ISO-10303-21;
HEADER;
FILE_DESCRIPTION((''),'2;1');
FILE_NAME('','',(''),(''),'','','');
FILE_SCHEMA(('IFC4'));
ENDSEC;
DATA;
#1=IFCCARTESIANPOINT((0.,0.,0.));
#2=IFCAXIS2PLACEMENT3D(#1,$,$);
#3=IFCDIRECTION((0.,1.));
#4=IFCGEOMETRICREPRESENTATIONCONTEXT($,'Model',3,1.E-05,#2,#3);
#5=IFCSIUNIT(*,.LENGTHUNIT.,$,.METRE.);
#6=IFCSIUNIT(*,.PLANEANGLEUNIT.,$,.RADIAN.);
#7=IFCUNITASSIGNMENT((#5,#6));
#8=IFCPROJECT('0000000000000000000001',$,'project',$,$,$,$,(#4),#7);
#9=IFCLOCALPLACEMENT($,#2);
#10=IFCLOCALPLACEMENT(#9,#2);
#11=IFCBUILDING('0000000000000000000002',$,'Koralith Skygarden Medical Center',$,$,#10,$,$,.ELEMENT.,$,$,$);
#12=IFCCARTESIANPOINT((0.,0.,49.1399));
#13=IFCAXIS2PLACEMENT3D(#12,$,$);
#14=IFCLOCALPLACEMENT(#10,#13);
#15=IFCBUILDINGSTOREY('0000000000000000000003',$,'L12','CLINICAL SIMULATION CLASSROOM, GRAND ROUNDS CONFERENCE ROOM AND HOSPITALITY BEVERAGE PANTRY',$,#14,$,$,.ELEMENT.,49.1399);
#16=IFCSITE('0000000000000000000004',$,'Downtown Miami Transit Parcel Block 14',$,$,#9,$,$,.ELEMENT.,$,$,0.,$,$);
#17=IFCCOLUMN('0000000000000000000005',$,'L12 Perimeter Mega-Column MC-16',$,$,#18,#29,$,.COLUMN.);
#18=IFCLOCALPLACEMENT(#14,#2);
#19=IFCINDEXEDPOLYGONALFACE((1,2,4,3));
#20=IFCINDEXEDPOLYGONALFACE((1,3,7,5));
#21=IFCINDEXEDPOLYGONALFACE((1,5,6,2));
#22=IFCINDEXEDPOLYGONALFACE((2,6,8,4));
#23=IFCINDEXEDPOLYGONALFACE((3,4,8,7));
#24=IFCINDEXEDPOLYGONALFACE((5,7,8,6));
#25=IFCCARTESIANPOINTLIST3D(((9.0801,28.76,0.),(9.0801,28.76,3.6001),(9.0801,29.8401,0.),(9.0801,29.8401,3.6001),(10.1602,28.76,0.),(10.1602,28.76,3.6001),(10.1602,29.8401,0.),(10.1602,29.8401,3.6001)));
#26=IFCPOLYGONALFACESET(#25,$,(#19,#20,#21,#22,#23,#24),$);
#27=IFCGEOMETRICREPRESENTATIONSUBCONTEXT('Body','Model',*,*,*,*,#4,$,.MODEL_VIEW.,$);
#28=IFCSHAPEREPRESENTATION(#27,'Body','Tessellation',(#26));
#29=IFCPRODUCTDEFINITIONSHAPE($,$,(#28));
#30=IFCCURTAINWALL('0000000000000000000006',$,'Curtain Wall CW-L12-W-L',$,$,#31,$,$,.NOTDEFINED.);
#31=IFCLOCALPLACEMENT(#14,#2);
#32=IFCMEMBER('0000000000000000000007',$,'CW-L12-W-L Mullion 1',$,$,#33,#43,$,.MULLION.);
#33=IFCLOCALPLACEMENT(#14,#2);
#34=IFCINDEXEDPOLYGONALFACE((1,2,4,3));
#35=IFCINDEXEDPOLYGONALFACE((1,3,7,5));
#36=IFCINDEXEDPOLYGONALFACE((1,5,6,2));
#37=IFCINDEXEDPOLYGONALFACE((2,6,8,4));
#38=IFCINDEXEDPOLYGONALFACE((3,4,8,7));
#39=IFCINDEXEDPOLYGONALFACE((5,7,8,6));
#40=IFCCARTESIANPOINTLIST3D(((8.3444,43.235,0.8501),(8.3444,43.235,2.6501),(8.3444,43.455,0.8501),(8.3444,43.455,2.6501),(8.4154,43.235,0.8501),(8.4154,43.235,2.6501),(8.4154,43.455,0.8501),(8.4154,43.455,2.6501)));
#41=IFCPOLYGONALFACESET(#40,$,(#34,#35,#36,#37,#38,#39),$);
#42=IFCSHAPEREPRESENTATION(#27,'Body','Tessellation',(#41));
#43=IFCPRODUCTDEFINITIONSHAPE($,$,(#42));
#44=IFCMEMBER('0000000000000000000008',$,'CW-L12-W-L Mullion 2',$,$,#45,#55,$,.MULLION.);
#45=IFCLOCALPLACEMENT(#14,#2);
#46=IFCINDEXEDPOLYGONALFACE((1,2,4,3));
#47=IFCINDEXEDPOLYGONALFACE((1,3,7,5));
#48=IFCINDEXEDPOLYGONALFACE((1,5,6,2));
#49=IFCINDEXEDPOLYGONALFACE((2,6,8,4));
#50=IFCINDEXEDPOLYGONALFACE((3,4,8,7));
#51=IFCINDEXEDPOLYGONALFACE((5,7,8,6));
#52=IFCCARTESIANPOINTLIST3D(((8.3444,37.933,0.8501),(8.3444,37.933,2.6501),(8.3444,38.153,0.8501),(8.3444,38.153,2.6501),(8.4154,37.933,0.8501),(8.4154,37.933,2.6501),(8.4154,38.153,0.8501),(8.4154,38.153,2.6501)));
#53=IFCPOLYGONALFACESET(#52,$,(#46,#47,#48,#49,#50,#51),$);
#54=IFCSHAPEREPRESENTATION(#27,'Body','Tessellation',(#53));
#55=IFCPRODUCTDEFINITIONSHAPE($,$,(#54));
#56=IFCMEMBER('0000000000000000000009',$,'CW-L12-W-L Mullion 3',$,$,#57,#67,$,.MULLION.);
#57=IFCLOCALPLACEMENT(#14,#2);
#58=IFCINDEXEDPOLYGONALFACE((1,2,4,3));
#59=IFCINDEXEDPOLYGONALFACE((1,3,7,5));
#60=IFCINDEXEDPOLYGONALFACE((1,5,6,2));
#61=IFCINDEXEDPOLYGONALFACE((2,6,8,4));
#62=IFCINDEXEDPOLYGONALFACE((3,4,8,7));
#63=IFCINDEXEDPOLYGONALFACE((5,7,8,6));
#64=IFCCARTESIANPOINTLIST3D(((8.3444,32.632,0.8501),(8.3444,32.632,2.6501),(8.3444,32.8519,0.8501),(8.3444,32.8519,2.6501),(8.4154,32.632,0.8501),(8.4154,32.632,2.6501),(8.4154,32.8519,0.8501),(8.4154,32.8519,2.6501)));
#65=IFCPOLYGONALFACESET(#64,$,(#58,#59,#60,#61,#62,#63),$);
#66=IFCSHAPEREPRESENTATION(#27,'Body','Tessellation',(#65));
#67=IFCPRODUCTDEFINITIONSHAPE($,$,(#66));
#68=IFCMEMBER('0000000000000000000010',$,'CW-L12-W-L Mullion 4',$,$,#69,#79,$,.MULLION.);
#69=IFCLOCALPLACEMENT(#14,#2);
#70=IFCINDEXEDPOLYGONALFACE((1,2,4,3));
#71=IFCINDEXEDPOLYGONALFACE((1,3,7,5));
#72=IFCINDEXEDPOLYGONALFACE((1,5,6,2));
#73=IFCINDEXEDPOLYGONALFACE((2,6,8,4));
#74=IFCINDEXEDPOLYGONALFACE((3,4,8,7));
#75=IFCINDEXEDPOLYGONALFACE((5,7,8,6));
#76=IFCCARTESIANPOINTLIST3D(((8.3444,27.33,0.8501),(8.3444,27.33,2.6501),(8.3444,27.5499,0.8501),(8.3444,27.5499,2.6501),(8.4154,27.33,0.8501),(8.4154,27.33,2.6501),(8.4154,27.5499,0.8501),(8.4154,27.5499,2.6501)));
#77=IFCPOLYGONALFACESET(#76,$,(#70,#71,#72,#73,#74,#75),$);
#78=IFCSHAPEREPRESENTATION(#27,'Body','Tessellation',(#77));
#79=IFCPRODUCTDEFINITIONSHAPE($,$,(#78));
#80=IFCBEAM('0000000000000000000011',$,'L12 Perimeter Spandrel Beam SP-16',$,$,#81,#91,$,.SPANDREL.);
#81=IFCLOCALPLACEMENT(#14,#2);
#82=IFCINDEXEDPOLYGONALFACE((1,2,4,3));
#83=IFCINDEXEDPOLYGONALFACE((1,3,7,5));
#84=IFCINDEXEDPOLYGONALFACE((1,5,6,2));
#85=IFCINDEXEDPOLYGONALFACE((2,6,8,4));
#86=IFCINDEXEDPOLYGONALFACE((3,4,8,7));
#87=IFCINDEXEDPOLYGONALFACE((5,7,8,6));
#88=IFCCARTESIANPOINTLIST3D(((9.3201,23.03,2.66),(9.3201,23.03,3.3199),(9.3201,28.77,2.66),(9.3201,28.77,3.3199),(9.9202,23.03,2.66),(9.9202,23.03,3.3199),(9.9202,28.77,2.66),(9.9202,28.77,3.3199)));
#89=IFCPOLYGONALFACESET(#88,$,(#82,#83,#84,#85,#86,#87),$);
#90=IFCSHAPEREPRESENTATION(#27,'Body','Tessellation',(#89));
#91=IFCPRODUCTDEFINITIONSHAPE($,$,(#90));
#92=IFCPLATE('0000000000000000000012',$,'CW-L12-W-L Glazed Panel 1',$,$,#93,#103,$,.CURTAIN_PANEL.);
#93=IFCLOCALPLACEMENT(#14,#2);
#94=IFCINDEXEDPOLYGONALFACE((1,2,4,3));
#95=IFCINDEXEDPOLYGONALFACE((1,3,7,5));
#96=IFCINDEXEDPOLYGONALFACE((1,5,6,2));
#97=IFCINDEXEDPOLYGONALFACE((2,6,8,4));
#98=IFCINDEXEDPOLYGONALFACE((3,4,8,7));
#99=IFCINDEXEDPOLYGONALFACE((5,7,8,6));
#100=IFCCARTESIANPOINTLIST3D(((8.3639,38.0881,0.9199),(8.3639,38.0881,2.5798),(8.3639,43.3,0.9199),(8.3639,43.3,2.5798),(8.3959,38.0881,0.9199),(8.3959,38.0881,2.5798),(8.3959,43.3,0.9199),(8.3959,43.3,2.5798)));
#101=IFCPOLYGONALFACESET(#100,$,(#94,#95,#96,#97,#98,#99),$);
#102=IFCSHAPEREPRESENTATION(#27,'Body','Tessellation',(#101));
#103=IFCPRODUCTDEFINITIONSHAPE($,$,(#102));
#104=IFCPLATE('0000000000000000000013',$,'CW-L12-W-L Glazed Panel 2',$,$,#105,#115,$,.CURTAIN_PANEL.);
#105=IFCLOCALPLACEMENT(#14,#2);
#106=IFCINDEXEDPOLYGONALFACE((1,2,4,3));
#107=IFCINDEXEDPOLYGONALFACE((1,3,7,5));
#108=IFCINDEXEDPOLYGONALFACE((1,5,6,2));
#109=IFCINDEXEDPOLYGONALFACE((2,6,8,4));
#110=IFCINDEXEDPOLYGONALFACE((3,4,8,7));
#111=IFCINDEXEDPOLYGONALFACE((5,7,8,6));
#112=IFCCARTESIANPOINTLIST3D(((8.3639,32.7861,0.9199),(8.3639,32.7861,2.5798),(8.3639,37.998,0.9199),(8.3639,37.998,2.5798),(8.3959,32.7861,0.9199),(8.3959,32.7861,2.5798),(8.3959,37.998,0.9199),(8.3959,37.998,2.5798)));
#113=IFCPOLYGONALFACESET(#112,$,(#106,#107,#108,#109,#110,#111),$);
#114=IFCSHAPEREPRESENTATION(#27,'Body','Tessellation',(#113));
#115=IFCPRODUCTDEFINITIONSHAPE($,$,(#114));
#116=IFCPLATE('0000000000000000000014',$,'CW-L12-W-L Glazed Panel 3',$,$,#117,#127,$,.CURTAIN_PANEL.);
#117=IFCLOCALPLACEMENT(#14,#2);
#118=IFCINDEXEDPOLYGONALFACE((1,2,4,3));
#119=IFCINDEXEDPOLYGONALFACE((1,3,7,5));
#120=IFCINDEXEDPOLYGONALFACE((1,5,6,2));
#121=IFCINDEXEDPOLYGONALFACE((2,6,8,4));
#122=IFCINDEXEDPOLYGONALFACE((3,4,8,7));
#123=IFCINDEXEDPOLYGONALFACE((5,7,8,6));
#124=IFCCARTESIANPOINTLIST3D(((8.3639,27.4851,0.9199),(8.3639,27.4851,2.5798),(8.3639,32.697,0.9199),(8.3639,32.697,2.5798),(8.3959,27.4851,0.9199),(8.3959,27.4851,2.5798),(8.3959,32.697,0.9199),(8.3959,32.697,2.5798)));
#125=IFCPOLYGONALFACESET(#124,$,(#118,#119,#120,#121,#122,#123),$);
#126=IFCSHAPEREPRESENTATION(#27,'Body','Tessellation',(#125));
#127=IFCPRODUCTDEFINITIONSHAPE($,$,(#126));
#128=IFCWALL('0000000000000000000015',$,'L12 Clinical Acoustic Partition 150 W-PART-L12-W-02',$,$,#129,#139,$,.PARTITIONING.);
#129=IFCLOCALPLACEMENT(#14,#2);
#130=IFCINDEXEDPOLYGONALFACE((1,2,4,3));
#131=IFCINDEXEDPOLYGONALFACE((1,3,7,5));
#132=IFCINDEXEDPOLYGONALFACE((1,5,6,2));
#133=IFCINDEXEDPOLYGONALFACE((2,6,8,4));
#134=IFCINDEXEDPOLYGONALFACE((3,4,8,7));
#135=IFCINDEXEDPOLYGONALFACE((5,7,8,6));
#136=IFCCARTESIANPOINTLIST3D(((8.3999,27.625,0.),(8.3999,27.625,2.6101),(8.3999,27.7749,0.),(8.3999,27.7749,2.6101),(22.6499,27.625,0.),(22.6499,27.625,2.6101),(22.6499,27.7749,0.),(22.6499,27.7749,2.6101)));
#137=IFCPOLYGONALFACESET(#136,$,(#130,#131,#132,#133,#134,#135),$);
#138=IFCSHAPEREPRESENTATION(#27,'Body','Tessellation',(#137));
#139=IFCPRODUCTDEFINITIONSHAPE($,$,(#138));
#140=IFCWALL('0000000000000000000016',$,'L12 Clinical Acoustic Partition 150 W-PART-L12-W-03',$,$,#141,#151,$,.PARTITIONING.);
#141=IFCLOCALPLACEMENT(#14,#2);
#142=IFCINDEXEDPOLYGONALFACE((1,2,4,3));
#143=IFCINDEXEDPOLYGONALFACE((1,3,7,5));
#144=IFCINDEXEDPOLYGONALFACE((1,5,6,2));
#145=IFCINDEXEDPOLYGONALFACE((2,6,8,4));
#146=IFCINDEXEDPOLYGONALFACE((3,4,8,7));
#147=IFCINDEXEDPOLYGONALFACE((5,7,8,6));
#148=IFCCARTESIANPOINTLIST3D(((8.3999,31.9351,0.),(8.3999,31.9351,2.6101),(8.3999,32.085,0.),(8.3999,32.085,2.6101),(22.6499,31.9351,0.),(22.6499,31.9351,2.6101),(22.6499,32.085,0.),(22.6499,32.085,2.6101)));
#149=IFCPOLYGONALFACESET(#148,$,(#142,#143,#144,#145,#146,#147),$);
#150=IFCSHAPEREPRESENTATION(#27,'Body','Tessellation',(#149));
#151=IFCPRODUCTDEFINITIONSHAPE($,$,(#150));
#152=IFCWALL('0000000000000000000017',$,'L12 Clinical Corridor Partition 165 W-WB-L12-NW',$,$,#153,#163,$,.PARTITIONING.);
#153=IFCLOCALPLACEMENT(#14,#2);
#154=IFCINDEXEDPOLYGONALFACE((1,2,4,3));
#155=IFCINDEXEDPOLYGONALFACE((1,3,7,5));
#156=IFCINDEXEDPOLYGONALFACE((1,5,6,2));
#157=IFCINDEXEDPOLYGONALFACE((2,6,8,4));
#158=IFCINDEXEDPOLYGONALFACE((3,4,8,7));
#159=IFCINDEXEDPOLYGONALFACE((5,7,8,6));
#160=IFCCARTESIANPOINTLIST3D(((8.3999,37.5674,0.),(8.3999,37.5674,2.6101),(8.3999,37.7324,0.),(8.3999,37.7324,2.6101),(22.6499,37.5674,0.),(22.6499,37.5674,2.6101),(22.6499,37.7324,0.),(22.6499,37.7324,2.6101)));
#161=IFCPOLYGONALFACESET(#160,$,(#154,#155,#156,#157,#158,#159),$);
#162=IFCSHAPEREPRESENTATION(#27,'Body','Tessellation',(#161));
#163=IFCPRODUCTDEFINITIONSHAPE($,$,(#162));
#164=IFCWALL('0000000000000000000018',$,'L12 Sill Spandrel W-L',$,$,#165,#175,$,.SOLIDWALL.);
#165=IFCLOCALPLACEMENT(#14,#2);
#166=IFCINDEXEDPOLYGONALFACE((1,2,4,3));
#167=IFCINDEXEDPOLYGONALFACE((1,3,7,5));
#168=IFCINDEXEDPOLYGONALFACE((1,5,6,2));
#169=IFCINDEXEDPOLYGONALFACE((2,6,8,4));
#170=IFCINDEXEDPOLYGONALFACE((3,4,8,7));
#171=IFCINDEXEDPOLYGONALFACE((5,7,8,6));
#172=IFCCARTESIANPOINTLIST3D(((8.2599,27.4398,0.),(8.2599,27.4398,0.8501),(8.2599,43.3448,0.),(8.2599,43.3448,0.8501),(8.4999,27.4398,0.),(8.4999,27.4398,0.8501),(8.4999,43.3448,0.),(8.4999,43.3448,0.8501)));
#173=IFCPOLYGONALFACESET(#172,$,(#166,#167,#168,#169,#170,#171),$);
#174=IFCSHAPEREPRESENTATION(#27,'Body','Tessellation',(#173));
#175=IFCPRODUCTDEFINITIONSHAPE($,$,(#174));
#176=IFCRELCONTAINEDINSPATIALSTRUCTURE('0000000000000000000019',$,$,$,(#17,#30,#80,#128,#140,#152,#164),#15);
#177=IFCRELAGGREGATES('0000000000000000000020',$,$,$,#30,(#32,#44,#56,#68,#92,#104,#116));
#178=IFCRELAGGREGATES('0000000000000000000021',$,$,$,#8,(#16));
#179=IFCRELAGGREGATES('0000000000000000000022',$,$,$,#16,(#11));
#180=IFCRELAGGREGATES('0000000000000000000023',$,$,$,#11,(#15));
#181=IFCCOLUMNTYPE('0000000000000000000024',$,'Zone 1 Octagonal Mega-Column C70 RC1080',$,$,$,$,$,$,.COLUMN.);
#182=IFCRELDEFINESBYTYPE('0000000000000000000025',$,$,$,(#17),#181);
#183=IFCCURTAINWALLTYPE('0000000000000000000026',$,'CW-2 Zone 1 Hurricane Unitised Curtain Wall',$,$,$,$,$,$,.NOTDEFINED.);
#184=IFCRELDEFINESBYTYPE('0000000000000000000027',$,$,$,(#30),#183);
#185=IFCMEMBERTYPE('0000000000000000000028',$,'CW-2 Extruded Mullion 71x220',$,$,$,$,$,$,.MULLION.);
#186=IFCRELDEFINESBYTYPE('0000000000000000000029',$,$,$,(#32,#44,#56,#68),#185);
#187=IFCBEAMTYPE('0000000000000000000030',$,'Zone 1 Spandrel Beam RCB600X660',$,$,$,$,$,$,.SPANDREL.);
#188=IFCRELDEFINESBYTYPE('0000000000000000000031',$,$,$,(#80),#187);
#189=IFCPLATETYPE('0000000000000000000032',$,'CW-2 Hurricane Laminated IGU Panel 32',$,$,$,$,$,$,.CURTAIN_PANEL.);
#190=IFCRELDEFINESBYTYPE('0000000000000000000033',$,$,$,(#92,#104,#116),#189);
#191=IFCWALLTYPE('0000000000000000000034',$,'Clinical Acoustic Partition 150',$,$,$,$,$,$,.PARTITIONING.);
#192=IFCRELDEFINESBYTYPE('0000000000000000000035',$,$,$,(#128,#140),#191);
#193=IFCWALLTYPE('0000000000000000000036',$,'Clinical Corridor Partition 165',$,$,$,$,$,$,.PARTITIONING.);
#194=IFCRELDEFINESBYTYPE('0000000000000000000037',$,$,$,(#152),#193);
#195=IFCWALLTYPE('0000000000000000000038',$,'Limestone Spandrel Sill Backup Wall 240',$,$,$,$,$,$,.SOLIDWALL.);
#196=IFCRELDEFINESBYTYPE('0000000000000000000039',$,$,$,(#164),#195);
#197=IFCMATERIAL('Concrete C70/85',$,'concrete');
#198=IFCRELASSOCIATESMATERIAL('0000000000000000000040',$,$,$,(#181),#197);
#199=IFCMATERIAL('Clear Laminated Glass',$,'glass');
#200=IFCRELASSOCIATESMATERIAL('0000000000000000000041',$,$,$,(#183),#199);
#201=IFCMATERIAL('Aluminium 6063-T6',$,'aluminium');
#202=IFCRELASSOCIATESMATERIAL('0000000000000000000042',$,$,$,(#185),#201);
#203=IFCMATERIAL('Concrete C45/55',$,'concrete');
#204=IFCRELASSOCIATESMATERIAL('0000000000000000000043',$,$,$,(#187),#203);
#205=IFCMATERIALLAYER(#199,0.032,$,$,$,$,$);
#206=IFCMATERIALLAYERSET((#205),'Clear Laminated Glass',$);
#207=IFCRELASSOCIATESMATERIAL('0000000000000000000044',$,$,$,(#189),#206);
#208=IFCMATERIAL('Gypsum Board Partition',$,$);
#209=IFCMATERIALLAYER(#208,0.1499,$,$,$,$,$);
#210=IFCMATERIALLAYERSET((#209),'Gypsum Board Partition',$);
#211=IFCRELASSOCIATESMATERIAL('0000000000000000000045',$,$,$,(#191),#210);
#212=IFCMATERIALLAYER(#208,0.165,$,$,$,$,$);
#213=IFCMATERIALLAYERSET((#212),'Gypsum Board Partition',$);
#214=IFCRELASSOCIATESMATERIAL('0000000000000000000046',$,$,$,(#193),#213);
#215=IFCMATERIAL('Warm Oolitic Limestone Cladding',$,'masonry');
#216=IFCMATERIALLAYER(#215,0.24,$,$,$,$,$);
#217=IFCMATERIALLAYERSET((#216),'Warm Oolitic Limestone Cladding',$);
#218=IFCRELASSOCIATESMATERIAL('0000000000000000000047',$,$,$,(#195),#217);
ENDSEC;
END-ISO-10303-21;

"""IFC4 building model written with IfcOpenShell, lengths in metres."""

from ifc_helpers import new_model, si_unit, direction, frame, frame_2d, origin, origin_2d, place, context, subcontext, project, spatial, rectangle, extrude, material, layer, layer_set, material_profile, profile_set, type_object, element, aggregate, save


model = new_model("IFC4")

# Units and contexts
model_context = context("Model", 3, precision=1e-05, world=origin(), true_north=direction((0.0, 1.0)))
body_context = subcontext(model_context, "Body", "Model", "MODEL_VIEW")
ifc_project = project(units=[si_unit("LENGTHUNIT", "METRE"), si_unit("PLANEANGLEUNIT", "RADIAN")], contexts=[model_context])

# Site, building, storey
site_placement = place(None, origin())
site = spatial("IfcSite", under=ifc_project, at=site_placement, Name="Downtown Miami Transit Parcel Block 14", CompositionType="ELEMENT", RefElevation=0.0)
building_placement = place(site_placement, origin())
building = spatial("IfcBuilding", under=site, at=building_placement, Name="Koralith Skygarden Medical Center", CompositionType="ELEMENT")
storey_placement = place(building_placement, frame((0.0, 0.0, 49.1399)))
storey = spatial("IfcBuildingStorey", under=building, at=storey_placement, Name="L12", Description="CLINICAL SIMULATION CLASSROOM, GRAND ROUNDS CONFERENCE ROOM AND HOSPITALITY BEVERAGE PANTRY", CompositionType="ELEMENT", Elevation=49.1399)

# Column
ifc_material_1 = material(Name="Concrete C70/85", Category="concrete")
ifc_material_profile_1 = material_profile(ifc_material_1, rectangle(XDim=1.0801, YDim=1.0801, at=origin_2d()), Name="RC1080X1080")
ifc_profile_set_1 = profile_set([ifc_material_profile_1], Name="Concrete C70/85")
column_type = type_object("IfcColumnType", Name="Zone 1 Octagonal Mega-Column C70 RC1080", PredefinedType="COLUMN", material=ifc_profile_set_1)
column_placement = place(storey_placement, frame((9.6201, 29.3, 0.0), z_axis=(0.0, 0.0, 1.0), x_axis=(1.0, 0.0, 0.0)))
element("IfcColumn", 1, at=column_placement, inside=storey, type_object=column_type, Name="L12 Perimeter Mega-Column MC-16", PredefinedType="COLUMN", context=body_context, shape_type="SweptSolid", body=[
    extrude(rectangle(XDim=1.0801, YDim=1.0801, at=origin_2d()), origin(), (0.0, 0.0, 1.0), 3.6001),
])

# Curtain wall, members
ifc_material_2 = material(Name="Clear Laminated Glass", Category="glass")
curtain_wall_type = type_object("IfcCurtainWallType", Name="CW-2 Zone 1 Hurricane Unitised Curtain Wall", PredefinedType="NOTDEFINED", material=ifc_material_2)
curtain_wall_placement = place(storey_placement, origin())
curtain_wall = element("IfcCurtainWall", 2, at=curtain_wall_placement, inside=storey, type_object=curtain_wall_type, Name="Curtain Wall CW-L12-W-L", PredefinedType="NOTDEFINED")
ifc_material_3 = material(Name="Aluminium 6063-T6", Category="aluminium")
ifc_material_profile_2 = material_profile(ifc_material_3, rectangle(XDim=0.071, YDim=0.22, at=origin_2d()), Name="MUL71X220")
ifc_profile_set_2 = profile_set([ifc_material_profile_2], Name="Aluminium 6063-T6")
member_type = type_object("IfcMemberType", Name="CW-2 Extruded Mullion 71x220", PredefinedType="MULLION", material=ifc_profile_set_2)
member_1_placement = place(storey_placement, frame((8.3799, 43.345, 0.8501), z_axis=(0.0, 0.0, 1.0), x_axis=(1.0, 0.0, 0.0)))
member_1 = element("IfcMember", 3, at=member_1_placement, type_object=member_type, Name="CW-L12-W-L Mullion 1", PredefinedType="MULLION", context=body_context, shape_type="SweptSolid", body=[
    extrude(rectangle(XDim=0.071, YDim=0.22, at=origin_2d()), origin(), (0.0, 0.0, 1.0), 1.8),
])
member_2_placement = place(storey_placement, frame((8.3799, 38.043, 0.8501), z_axis=(0.0, 0.0, 1.0), x_axis=(1.0, 0.0, 0.0)))
member_2 = element("IfcMember", 4, at=member_2_placement, type_object=member_type, Name="CW-L12-W-L Mullion 2", PredefinedType="MULLION", context=body_context, shape_type="SweptSolid", body=[
    extrude(rectangle(XDim=0.071, YDim=0.22, at=origin_2d()), origin(), (0.0, 0.0, 1.0), 1.8),
])
member_3_placement = place(storey_placement, frame((8.3799, 32.7419, 0.8501), z_axis=(0.0, 0.0, 1.0), x_axis=(1.0, 0.0, 0.0)))
member_3 = element("IfcMember", 5, at=member_3_placement, type_object=member_type, Name="CW-L12-W-L Mullion 3", PredefinedType="MULLION", context=body_context, shape_type="SweptSolid", body=[
    extrude(rectangle(XDim=0.071, YDim=0.22, at=origin_2d()), origin(), (0.0, 0.0, 1.0), 1.8),
])
member_4_placement = place(storey_placement, frame((8.3799, 27.4399, 0.8501), z_axis=(0.0, 0.0, 1.0), x_axis=(1.0, 0.0, 0.0)))
member_4 = element("IfcMember", 6, at=member_4_placement, type_object=member_type, Name="CW-L12-W-L Mullion 4", PredefinedType="MULLION", context=body_context, shape_type="SweptSolid", body=[
    extrude(rectangle(XDim=0.071, YDim=0.22, at=origin_2d()), origin(), (0.0, 0.0, 1.0), 1.8),
])

# Beam
ifc_material_4 = material(Name="Concrete C45/55", Category="concrete")
ifc_material_profile_3 = material_profile(ifc_material_4, rectangle(XDim=0.6001, YDim=0.6599, at=origin_2d()), Name="RCB600X660")
ifc_profile_set_3 = profile_set([ifc_material_profile_3], Name="Concrete C45/55")
beam_type = type_object("IfcBeamType", Name="Zone 1 Spandrel Beam RCB600X660", PredefinedType="SPANDREL", material=ifc_profile_set_3)
beam_placement = place(storey_placement, frame((9.6201, 28.77, 2.99), z_axis=(0.0, -1.0, 0.0), x_axis=(1.0, 0.0, 0.0)))
element("IfcBeam", 7, at=beam_placement, inside=storey, type_object=beam_type, Name="L12 Perimeter Spandrel Beam SP-16", PredefinedType="SPANDREL", context=body_context, shape_type="SweptSolid", body=[
    extrude(rectangle(XDim=0.6001, YDim=0.6599, at=origin_2d()), origin(), (0.0, 0.0, 1.0), 5.74),
])

# Plates
ifc_layer_1 = layer(ifc_material_2, 0.032)
ifc_layer_set_1 = layer_set([ifc_layer_1], Name="Clear Laminated Glass")
plate_type = type_object("IfcPlateType", Name="CW-2 Hurricane Laminated IGU Panel 32", PredefinedType="CURTAIN_PANEL", material=ifc_layer_set_1)
plate_1_placement = place(storey_placement, frame((8.3799, 40.6941, 0.9199), z_axis=(0.0, 0.0, 1.0), x_axis=(0.0, -1.0, 0.0)))
plate_1 = element("IfcPlate", 8, at=plate_1_placement, type_object=plate_type, Name="CW-L12-W-L Glazed Panel 1", PredefinedType="CURTAIN_PANEL", context=body_context, shape_type="SweptSolid", body=[
    extrude(rectangle(XDim=5.2119, YDim=0.032, at=origin_2d()), origin(), (0.0, 0.0, 1.0), 1.6599),
])
plate_2_placement = place(storey_placement, frame((8.3799, 35.3921, 0.9199), z_axis=(0.0, 0.0, 1.0), x_axis=(0.0, -1.0, 0.0)))
plate_2 = element("IfcPlate", 9, at=plate_2_placement, type_object=plate_type, Name="CW-L12-W-L Glazed Panel 2", PredefinedType="CURTAIN_PANEL", context=body_context, shape_type="SweptSolid", body=[
    extrude(rectangle(XDim=5.2119, YDim=0.032, at=origin_2d()), origin(), (0.0, 0.0, 1.0), 1.6599),
])
plate_3_placement = place(storey_placement, frame((8.3799, 30.0911, 0.9199), z_axis=(0.0, 0.0, 1.0), x_axis=(0.0, -1.0, 0.0)))
plate_3 = element("IfcPlate", 10, at=plate_3_placement, type_object=plate_type, Name="CW-L12-W-L Glazed Panel 3", PredefinedType="CURTAIN_PANEL", context=body_context, shape_type="SweptSolid", body=[
    extrude(rectangle(XDim=5.2119, YDim=0.032, at=origin_2d()), origin(), (0.0, 0.0, 1.0), 1.6599),
])
aggregate(curtain_wall, [member_1, member_2, member_3, member_4, plate_1, plate_2, plate_3])

# Walls
ifc_material_5 = material(Name="Gypsum Board Partition")
ifc_layer_2 = layer(ifc_material_5, 0.1499)
ifc_layer_set_2 = layer_set([ifc_layer_2], Name="Gypsum Board Partition")
wall_type_1 = type_object("IfcWallType", Name="Clinical Acoustic Partition 150", PredefinedType="PARTITIONING", material=ifc_layer_set_2)
for number, where, z_axis, x_axis, name in (
    (11, (22.6499, 27.7, 0.0), (0.0, 0.0, 1.0), (-1.0, 0.0, 0.0), "L12 Clinical Acoustic Partition 150 W-PART-L12-W-02"),
    (12, (22.6499, 32.01, 0.0), (0.0, 0.0, 1.0), (-1.0, 0.0, 0.0), "L12 Clinical Acoustic Partition 150 W-PART-L12-W-03"),
):
    element("IfcWall", number, at=place(storey_placement, frame(where, z_axis=z_axis, x_axis=x_axis)), inside=storey, type_object=wall_type_1, Name=name, PredefinedType="PARTITIONING", context=body_context, shape_type="SweptSolid", body=[
        extrude(rectangle(XDim=14.25, YDim=0.1499, at=frame_2d((7.125, 0.0))), origin(), (0.0, 0.0, 1.0), 2.6101),
    ])
ifc_layer_3 = layer(ifc_material_5, 0.165)
ifc_layer_set_3 = layer_set([ifc_layer_3], Name="Gypsum Board Partition")
wall_type_2 = type_object("IfcWallType", Name="Clinical Corridor Partition 165", PredefinedType="PARTITIONING", material=ifc_layer_set_3)
wall_1_placement = place(storey_placement, frame((8.3999, 37.6499, 0.0), z_axis=(0.0, 0.0, 1.0), x_axis=(1.0, 0.0, 0.0)))
element("IfcWall", 13, at=wall_1_placement, inside=storey, type_object=wall_type_2, Name="L12 Clinical Corridor Partition 165 W-WB-L12-NW", PredefinedType="PARTITIONING", context=body_context, shape_type="SweptSolid", body=[
    extrude(rectangle(XDim=14.25, YDim=0.165, at=frame_2d((7.125, 0.0))), origin(), (0.0, 0.0, 1.0), 2.6101),
])

# Wall
ifc_material_6 = material(Name="Warm Oolitic Limestone Cladding", Category="masonry")
ifc_layer_4 = layer(ifc_material_6, 0.24)
ifc_layer_set_4 = layer_set([ifc_layer_4], Name="Warm Oolitic Limestone Cladding")
wall_type_3 = type_object("IfcWallType", Name="Limestone Spandrel Sill Backup Wall 240", PredefinedType="SOLIDWALL", material=ifc_layer_set_4)
wall_2_placement = place(storey_placement, frame((8.3799, 43.345, 0.0), z_axis=(0.0, 0.0, 1.0), x_axis=(0.0, -1.0, 0.0)))
element("IfcWall", 14, at=wall_2_placement, inside=storey, type_object=wall_type_3, Name="L12 Sill Spandrel W-L", PredefinedType="SOLIDWALL", context=body_context, shape_type="SweptSolid", body=[
    extrude(rectangle(XDim=15.905, YDim=0.24, at=frame_2d((7.9526, 0.0))), origin(), (0.0, 0.0, 1.0), 0.8501),
])

save(model, "model.ifc")
